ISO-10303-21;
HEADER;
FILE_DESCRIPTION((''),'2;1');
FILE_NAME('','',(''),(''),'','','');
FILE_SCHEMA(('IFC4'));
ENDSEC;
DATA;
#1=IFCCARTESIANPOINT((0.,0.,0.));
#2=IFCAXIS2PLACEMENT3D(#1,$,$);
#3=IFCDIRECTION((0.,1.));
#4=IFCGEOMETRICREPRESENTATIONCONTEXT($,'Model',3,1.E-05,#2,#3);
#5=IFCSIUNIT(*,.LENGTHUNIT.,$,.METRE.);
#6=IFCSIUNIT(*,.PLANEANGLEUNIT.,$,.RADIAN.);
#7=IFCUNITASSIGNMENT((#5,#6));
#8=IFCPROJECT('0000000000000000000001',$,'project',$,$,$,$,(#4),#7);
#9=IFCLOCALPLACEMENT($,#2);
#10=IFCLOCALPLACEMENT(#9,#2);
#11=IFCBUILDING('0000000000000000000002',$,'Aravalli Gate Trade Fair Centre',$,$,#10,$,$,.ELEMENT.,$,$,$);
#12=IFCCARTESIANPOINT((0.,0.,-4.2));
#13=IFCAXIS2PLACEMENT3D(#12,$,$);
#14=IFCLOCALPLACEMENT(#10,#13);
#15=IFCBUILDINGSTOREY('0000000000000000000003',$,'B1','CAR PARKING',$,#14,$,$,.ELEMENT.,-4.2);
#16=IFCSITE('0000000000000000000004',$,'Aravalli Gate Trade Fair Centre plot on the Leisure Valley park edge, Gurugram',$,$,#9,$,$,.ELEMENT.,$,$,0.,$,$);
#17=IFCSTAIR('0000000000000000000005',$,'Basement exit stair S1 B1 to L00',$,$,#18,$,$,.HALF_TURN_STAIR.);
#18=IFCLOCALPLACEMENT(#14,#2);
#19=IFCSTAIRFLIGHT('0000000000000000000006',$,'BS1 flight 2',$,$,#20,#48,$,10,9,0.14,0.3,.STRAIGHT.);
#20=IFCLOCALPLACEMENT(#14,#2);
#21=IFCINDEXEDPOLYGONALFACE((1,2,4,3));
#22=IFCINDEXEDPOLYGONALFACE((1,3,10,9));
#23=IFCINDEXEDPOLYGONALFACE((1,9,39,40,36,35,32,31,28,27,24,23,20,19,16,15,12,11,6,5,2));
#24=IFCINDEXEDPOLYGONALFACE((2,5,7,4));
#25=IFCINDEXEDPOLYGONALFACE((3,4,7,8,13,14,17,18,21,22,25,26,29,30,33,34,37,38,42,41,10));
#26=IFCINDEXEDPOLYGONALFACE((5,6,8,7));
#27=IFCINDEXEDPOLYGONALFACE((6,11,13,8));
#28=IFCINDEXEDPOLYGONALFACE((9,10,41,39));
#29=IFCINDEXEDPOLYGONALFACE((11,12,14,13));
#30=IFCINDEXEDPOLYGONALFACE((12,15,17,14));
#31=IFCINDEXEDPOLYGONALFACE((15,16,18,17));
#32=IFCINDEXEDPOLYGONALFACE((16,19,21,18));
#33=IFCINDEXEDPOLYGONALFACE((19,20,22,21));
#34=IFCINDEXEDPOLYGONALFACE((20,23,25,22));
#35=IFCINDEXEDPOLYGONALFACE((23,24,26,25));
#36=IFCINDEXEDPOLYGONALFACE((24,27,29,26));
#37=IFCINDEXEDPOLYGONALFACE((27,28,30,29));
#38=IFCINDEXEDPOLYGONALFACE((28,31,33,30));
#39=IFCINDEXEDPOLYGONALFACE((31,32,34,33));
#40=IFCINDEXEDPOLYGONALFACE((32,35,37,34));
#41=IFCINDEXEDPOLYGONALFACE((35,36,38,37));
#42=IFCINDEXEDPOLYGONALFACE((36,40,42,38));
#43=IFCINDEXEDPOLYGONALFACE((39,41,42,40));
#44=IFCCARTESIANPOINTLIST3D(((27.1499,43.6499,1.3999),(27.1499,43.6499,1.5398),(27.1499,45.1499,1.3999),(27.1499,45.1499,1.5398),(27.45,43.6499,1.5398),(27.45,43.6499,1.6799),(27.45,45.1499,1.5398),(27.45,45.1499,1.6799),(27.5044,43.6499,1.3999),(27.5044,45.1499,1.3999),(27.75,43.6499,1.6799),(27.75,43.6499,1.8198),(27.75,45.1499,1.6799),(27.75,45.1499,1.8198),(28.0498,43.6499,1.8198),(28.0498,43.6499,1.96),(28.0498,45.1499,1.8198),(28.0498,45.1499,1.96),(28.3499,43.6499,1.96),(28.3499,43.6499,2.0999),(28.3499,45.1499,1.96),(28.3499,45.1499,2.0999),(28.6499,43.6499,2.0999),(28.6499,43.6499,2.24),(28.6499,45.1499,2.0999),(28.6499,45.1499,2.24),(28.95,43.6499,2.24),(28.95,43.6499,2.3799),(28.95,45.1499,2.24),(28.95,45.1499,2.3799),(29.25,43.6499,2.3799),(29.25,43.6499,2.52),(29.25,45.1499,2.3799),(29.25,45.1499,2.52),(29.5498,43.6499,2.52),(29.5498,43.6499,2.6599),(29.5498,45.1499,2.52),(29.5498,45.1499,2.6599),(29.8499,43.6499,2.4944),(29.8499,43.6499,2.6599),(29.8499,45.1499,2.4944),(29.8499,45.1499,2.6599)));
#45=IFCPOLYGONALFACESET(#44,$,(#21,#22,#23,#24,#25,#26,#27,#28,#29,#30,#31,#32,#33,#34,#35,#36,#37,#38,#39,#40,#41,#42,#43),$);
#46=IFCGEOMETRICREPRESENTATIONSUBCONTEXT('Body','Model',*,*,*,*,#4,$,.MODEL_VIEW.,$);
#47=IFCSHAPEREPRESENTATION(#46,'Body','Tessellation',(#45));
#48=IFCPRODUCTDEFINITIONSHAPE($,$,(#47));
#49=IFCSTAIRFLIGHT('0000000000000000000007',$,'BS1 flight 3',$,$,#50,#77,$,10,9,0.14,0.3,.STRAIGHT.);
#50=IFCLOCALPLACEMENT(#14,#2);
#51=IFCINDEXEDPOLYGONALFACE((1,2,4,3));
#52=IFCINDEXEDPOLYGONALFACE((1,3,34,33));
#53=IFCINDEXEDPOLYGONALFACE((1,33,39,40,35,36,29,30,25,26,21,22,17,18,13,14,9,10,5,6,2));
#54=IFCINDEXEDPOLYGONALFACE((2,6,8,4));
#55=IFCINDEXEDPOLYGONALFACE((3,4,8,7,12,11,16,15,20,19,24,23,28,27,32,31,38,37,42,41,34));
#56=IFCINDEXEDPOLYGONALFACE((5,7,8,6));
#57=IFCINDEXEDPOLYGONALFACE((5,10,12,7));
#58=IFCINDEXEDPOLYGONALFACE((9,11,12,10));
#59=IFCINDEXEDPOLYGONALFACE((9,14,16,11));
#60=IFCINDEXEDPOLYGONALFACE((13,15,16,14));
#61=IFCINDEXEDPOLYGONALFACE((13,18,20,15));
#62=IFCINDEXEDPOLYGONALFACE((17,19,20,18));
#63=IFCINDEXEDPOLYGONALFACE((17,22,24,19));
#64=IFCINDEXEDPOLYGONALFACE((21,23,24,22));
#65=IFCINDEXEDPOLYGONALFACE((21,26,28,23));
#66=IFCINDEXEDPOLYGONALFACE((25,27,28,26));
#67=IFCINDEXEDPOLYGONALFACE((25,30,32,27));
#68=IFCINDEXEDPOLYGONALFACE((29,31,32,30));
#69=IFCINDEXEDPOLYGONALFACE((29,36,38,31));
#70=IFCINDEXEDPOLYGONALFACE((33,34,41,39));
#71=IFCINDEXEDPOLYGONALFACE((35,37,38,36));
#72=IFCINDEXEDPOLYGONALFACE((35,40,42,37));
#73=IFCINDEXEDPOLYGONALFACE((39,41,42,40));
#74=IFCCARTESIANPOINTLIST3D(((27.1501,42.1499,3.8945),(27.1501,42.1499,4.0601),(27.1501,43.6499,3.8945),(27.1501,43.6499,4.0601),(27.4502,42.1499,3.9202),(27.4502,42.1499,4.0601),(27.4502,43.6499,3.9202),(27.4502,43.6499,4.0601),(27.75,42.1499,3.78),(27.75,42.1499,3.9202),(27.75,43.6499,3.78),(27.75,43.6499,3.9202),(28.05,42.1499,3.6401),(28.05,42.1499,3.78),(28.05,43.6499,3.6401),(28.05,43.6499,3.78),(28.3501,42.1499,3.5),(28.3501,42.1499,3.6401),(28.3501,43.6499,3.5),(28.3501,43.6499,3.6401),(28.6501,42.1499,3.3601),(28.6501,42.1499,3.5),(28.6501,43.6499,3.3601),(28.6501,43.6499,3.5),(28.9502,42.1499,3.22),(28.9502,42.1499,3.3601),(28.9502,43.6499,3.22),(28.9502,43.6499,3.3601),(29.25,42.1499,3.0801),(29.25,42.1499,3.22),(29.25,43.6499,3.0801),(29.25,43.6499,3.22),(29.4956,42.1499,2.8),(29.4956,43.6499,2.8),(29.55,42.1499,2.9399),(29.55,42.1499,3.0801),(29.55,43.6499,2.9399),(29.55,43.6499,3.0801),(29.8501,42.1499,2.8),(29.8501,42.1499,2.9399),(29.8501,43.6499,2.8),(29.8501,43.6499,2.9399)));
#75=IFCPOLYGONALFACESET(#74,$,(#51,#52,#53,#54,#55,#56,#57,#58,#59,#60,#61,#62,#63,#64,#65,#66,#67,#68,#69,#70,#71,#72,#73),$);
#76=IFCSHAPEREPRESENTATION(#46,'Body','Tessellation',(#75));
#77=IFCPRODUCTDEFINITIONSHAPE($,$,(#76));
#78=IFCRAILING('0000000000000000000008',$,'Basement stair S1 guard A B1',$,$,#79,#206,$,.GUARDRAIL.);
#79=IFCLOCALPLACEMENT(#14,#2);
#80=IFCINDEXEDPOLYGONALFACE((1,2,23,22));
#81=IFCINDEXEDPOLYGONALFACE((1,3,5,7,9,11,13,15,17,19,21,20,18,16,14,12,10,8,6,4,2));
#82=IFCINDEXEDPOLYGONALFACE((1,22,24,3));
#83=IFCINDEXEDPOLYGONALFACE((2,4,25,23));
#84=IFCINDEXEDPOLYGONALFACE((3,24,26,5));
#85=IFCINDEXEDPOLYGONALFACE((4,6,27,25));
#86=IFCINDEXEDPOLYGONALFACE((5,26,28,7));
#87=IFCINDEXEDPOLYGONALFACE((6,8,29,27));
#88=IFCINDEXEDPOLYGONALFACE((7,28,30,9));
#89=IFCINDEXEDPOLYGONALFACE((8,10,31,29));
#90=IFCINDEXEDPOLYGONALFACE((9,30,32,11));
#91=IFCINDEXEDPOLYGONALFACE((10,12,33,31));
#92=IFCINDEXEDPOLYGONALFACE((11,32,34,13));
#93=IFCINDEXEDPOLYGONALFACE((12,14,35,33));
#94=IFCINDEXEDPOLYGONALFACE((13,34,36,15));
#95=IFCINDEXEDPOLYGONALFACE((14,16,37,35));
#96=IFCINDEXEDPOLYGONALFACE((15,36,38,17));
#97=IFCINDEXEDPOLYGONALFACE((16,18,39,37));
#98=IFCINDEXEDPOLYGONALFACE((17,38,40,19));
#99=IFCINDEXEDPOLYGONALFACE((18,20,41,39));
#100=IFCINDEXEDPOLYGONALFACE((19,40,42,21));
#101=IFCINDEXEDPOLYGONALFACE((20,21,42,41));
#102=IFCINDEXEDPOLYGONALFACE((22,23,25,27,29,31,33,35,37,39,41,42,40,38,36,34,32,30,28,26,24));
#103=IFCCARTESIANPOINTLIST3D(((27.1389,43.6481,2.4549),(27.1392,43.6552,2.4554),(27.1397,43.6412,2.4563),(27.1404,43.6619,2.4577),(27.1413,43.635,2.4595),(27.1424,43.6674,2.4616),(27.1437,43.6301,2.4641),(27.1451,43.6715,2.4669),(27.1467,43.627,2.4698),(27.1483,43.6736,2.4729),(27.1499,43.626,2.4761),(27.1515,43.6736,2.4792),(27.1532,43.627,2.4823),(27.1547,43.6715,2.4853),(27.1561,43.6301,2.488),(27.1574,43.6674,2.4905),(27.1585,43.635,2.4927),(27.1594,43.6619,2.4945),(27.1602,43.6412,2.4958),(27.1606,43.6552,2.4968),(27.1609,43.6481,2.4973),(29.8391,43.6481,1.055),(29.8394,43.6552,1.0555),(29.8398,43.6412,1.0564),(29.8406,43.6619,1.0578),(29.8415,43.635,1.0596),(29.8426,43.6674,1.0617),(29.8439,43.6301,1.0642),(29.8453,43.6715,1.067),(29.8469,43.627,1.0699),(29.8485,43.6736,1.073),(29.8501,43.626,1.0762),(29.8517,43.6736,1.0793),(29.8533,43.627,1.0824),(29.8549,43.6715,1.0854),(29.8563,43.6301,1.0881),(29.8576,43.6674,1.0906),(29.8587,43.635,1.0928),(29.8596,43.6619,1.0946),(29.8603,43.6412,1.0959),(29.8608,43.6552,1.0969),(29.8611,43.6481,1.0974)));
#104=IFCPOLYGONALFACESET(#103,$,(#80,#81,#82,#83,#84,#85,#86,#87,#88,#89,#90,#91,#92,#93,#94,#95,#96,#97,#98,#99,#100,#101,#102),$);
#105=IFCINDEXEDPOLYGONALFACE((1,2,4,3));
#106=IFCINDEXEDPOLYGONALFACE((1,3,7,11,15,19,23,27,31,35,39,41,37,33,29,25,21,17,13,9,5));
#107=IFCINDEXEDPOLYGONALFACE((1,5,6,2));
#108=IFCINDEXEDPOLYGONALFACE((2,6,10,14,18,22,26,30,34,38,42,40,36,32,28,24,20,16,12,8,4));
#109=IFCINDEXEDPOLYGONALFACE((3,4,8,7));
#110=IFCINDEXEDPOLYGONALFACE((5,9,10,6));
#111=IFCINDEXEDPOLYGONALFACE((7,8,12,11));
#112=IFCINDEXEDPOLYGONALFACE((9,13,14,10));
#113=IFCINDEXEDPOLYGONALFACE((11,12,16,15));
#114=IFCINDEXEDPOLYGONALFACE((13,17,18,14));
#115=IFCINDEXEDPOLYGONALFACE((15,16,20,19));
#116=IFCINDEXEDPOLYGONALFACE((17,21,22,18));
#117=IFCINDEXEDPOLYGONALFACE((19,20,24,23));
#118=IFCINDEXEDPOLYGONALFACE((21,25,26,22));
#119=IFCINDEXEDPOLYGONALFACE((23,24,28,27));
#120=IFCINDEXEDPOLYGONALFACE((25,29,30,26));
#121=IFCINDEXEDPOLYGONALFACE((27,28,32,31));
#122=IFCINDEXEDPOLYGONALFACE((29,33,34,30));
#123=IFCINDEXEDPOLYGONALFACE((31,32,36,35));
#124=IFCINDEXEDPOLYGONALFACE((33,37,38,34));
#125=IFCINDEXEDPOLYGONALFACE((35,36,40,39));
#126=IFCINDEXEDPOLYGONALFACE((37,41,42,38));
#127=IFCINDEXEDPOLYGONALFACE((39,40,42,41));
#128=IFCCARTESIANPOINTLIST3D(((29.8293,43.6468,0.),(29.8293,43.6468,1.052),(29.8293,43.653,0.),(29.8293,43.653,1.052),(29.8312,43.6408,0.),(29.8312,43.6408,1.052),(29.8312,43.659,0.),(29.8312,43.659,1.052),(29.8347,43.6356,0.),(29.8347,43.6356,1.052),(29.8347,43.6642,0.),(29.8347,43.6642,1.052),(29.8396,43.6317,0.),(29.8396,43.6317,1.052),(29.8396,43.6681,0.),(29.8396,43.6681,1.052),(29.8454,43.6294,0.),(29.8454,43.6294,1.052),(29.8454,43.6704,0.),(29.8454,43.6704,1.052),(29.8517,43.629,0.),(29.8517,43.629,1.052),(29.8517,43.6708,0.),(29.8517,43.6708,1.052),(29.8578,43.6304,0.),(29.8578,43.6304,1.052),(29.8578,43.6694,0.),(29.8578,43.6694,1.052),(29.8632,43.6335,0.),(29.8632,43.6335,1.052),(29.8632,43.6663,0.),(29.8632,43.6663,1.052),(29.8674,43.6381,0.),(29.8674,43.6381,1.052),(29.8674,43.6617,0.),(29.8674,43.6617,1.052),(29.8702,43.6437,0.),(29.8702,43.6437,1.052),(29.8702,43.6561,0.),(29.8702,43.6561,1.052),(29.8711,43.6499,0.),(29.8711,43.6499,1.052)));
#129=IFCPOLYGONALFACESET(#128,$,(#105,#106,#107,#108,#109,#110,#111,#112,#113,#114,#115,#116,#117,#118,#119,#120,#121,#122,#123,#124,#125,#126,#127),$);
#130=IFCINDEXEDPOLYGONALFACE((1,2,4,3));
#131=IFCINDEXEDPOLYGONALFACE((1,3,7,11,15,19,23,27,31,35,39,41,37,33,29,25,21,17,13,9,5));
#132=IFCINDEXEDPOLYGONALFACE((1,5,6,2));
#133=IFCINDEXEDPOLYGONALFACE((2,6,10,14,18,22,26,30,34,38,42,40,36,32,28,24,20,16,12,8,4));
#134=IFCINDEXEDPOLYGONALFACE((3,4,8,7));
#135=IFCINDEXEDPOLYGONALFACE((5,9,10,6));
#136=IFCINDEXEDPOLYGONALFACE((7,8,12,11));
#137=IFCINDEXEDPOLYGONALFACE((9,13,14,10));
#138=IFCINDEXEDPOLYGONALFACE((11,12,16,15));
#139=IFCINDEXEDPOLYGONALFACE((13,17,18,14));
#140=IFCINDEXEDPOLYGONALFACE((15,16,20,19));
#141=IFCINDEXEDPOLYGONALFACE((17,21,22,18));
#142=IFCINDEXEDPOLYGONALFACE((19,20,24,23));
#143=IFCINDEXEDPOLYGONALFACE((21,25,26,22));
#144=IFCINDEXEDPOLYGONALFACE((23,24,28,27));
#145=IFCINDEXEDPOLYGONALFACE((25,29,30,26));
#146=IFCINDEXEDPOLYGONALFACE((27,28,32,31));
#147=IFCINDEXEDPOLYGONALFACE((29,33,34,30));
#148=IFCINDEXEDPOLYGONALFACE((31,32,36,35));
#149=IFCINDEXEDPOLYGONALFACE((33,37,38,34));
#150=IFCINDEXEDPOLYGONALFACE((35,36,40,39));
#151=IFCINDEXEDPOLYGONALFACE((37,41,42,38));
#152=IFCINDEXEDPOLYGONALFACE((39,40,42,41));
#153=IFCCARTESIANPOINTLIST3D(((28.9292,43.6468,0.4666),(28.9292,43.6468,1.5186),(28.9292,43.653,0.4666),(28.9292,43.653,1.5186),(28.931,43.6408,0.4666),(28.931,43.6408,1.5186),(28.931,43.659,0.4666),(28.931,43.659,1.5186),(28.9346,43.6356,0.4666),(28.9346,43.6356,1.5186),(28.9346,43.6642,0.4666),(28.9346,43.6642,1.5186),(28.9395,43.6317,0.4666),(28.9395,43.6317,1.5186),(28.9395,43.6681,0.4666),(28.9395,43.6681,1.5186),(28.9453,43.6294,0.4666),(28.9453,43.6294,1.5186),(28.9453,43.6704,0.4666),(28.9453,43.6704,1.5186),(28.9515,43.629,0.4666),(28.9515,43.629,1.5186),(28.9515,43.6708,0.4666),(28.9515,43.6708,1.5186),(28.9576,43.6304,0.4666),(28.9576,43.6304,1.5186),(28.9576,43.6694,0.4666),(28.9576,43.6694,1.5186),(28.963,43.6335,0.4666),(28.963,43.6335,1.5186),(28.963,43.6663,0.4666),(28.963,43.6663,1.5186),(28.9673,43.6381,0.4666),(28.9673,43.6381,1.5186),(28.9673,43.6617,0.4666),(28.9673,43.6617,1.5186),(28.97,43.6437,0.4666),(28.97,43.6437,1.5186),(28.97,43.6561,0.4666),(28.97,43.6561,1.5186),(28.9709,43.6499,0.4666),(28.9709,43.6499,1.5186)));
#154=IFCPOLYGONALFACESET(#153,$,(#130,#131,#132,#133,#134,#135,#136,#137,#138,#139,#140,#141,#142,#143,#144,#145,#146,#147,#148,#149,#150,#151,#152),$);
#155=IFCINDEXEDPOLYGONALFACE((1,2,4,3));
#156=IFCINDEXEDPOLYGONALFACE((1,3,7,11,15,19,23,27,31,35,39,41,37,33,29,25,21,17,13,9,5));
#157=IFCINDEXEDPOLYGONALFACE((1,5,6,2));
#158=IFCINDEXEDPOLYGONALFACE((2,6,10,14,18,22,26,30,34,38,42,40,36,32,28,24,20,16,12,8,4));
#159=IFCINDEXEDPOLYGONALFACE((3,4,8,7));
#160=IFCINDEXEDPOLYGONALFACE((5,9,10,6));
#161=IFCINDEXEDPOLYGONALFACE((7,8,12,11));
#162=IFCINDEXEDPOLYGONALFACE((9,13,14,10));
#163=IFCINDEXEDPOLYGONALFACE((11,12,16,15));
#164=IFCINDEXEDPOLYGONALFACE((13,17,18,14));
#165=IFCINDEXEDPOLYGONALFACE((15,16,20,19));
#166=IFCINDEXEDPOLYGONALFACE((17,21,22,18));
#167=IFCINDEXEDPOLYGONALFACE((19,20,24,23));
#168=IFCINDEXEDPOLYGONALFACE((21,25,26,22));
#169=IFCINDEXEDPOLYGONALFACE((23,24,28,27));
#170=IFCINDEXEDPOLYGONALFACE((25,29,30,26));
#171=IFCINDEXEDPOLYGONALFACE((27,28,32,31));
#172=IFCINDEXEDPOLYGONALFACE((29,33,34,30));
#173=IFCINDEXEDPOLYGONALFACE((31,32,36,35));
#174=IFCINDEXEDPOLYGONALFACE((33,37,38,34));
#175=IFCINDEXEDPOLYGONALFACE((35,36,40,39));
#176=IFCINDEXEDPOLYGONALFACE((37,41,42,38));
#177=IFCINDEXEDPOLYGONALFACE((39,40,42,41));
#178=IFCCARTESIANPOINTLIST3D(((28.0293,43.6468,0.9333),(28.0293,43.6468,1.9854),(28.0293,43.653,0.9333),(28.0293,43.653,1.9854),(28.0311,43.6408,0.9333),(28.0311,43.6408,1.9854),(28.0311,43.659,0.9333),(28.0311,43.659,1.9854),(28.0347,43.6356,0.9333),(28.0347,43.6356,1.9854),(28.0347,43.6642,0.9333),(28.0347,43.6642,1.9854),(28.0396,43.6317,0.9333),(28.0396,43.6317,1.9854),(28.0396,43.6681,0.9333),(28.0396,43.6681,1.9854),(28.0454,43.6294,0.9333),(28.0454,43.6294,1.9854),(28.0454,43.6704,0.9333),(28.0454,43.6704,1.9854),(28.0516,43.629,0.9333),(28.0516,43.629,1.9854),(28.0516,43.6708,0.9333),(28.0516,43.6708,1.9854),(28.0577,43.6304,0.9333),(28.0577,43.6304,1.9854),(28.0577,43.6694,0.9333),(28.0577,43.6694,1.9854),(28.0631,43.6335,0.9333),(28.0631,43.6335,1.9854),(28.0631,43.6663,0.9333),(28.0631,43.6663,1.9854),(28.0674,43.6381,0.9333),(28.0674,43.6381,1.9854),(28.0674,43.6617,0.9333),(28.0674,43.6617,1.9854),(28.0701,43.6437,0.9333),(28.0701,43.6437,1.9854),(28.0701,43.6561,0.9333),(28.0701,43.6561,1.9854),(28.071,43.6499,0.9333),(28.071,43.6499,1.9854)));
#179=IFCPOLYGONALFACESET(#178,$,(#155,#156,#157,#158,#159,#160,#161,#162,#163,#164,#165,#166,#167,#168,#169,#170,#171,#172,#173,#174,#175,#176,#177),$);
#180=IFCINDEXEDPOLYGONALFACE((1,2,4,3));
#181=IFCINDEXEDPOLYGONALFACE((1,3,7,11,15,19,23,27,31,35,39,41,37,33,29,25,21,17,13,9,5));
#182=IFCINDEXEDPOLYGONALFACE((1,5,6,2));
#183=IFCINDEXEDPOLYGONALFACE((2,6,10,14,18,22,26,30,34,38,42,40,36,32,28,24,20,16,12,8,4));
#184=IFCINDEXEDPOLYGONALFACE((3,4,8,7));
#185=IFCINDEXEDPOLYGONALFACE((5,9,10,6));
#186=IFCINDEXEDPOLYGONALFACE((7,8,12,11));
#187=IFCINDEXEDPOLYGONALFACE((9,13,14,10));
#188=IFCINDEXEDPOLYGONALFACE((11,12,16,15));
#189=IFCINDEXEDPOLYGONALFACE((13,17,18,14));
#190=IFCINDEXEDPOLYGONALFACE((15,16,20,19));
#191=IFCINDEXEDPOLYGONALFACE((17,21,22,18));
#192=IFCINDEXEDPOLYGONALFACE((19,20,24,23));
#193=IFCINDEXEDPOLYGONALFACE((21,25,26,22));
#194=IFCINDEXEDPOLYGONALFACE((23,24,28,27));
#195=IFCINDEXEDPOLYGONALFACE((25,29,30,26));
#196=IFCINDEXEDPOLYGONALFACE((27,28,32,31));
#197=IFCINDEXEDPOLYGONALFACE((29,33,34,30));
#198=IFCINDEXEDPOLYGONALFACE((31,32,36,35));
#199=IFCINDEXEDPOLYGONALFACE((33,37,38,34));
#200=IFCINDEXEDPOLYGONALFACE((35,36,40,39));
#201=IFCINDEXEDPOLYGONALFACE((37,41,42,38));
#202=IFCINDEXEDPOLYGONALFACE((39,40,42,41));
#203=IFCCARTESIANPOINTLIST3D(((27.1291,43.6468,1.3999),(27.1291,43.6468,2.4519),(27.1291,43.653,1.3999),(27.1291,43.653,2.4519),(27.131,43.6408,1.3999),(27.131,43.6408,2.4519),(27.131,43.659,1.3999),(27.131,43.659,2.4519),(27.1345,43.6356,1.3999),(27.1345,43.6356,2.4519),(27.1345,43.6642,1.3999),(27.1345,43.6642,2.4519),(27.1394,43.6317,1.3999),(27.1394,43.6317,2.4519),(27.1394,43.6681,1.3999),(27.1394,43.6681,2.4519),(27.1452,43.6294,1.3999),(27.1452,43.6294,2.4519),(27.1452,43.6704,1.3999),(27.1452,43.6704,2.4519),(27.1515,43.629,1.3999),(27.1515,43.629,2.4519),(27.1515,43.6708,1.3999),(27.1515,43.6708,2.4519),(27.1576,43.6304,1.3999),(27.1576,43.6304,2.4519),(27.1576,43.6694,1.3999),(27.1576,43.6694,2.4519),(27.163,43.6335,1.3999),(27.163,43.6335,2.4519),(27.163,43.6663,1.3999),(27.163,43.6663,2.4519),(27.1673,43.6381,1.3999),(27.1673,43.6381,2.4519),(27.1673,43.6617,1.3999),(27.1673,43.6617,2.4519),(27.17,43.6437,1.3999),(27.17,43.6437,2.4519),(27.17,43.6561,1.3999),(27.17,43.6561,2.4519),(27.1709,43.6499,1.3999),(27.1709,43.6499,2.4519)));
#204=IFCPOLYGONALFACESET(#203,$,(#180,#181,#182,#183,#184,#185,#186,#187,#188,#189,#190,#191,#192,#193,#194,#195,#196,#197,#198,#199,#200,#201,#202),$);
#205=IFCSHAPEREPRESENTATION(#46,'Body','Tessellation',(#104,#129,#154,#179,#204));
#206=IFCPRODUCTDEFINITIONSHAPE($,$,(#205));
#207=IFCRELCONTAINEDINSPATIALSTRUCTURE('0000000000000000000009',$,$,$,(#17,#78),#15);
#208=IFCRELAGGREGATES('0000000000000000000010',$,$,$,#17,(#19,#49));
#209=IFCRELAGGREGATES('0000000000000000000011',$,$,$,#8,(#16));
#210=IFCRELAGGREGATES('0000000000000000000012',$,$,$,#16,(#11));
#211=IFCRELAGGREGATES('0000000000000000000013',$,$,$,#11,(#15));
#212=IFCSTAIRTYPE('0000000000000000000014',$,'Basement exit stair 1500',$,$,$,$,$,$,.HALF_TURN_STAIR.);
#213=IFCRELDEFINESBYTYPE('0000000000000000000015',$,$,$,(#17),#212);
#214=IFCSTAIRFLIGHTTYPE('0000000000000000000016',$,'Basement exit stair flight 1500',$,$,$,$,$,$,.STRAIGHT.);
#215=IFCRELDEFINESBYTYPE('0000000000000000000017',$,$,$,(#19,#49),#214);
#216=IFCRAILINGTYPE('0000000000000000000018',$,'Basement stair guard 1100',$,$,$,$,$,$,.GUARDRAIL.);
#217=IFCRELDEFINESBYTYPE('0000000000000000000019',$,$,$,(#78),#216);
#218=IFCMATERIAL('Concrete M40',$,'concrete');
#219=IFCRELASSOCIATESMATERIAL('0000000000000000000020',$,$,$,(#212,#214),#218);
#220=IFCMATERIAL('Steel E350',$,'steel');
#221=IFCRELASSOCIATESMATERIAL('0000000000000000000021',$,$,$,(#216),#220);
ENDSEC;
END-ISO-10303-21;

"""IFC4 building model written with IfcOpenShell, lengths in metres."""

from ifc_helpers import new_model, si_unit, direction, frame, origin, origin_2d, place, context, subcontext, project, spatial, polyline, circle, outline, extrude, material, type_object, element, aggregate, save


model = new_model("IFC4")

# Units and contexts
model_context = context("Model", 3, precision=1e-05, world=origin(), true_north=direction((0.0, 1.0)))
body_context = subcontext(model_context, "Body", "Model", "MODEL_VIEW")
ifc_project = project(units=[si_unit("LENGTHUNIT", "METRE"), si_unit("PLANEANGLEUNIT", "RADIAN")], contexts=[model_context])

# Site, building, storey
site_placement = place(None, origin())
site = spatial("IfcSite", under=ifc_project, at=site_placement, Name="Aravalli Gate Trade Fair Centre plot on the Leisure Valley park edge, Gurugram", CompositionType="ELEMENT", RefElevation=0.0)
building_placement = place(site_placement, origin())
building = spatial("IfcBuilding", under=site, at=building_placement, Name="Aravalli Gate Trade Fair Centre", CompositionType="ELEMENT")
storey_placement = place(building_placement, frame((0.0, 0.0, -4.2)))
storey = spatial("IfcBuildingStorey", under=building, at=storey_placement, Name="B1", Description="CAR PARKING", CompositionType="ELEMENT", Elevation=-4.2)

# Shared definitions
ifc_material_1 = material(Name="Concrete M40", Category="concrete")

# Stair, stair flights
stair_type = type_object("IfcStairType", Name="Basement exit stair 1500", PredefinedType="HALF_TURN_STAIR", material=ifc_material_1)
stair_placement = place(storey_placement, origin())
stair = element("IfcStair", 1, at=stair_placement, inside=storey, type_object=stair_type, Name="Basement exit stair S1 B1 to L00", PredefinedType="HALF_TURN_STAIR")
stair_flight_type = type_object("IfcStairFlightType", Name="Basement exit stair flight 1500", PredefinedType="STRAIGHT", material=ifc_material_1)
stair_flight_1_placement = place(storey_placement, frame((27.1499, 44.3999, 1.3999), z_axis=(0.0, 0.0, 1.0), x_axis=(1.0, 0.0, 0.0)))
stair_flight_1 = element("IfcStairFlight", 2, at=stair_flight_1_placement, type_object=stair_flight_type, Name="BS1 flight 2", NumberOfRisers=10, NumberOfTreads=9, PredefinedType="STRAIGHT", RiserHeight=0.14, TreadLength=0.3, context=body_context, shape_type="SweptSolid", body=[
    extrude(outline(polyline([(0.0, 0.0), (0.0, 0.1399), (0.3, 0.1399), (0.3, 0.28), (0.6001, 0.28), (0.6001, 0.4199), (0.8999, 0.4199), (0.8999, 0.5601), (1.2, 0.5601), (1.2, 0.7), (1.5, 0.7), (1.5, 0.8401), (1.8, 0.8401), (1.8, 0.98), (2.1001, 0.98), (2.1001, 1.1201), (2.3999, 1.1201), (2.3999, 1.26), (2.7, 1.26), (2.7, 1.3999), (2.7, 1.0945), (0.3545, 0.0), (0.0, 0.0)])), frame((0.0, 0.75, 0.0), z_axis=(0.0, -1.0, 0.0), x_axis=(1.0, 0.0, 0.0)), (0.0, 0.0, 1.0), 1.5),
])
stair_flight_2_placement = place(storey_placement, frame((29.8501, 42.8999, 2.8), z_axis=(0.0, 0.0, 1.0), x_axis=(-1.0, 0.0, 0.0)))
stair_flight_2 = element("IfcStairFlight", 3, at=stair_flight_2_placement, type_object=stair_flight_type, Name="BS1 flight 3", NumberOfRisers=10, NumberOfTreads=9, PredefinedType="STRAIGHT", RiserHeight=0.14, TreadLength=0.3, context=body_context, shape_type="SweptSolid", body=[
    extrude(outline(polyline([(0.0, 0.0), (0.0, 0.1399), (0.3, 0.1399), (0.3, 0.28), (0.6001, 0.28), (0.6001, 0.4199), (0.8999, 0.4199), (0.8999, 0.5601), (1.2, 0.5601), (1.2, 0.7), (1.5, 0.7), (1.5, 0.8401), (1.8, 0.8401), (1.8, 0.98), (2.1001, 0.98), (2.1001, 1.1201), (2.3999, 1.1201), (2.3999, 1.26), (2.7, 1.26), (2.7, 1.3999), (2.7, 1.0945), (0.3545, 0.0), (0.0, 0.0)])), frame((0.0, 0.75, 0.0), z_axis=(0.0, -1.0, 0.0), x_axis=(1.0, 0.0, 0.0)), (0.0, 0.0, 1.0), 1.5),
])
aggregate(stair, [stair_flight_1, stair_flight_2])

# Railing
ifc_material_2 = material(Name="Steel E350", Category="steel")
railing_type_1 = type_object("IfcRailingType", Name="Basement stair guard 1100", PredefinedType="GUARDRAIL", material=ifc_material_2)
railing_1_placement = place(storey_placement, frame((29.8501, 43.6499, 0.0)))
element("IfcRailing", 4, at=railing_1_placement, inside=storey, type_object=railing_type_1, Name="Basement stair S1 guard A B1", PredefinedType="GUARDRAIL", context=body_context, shape_type="SweptSolid", body=[
    extrude(circle(Radius=0.0239, at=origin_2d()), frame((0.0, 0.0, 1.0762), z_axis=(-0.887781, 0.0, 0.460266), x_axis=(0.0, -1.0, 0.0)), (0.0, 0.0, 1.0), 3.0415),
    extrude(circle(Radius=0.021, at=origin_2d()), origin(), (0.0, 0.0, 1.0), 1.052),
    extrude(circle(Radius=0.021, at=origin_2d()), frame((-0.9001, 0.0, 0.4666)), (0.0, 0.0, 1.0), 1.052),
    extrude(circle(Radius=0.021, at=origin_2d()), frame((-1.8, 0.0, 0.9333)), (0.0, 0.0, 1.0), 1.052),
    extrude(circle(Radius=0.021, at=origin_2d()), frame((-2.7002, 0.0, 1.3999)), (0.0, 0.0, 1.0), 1.052),
])

save(model, "model.ifc")
